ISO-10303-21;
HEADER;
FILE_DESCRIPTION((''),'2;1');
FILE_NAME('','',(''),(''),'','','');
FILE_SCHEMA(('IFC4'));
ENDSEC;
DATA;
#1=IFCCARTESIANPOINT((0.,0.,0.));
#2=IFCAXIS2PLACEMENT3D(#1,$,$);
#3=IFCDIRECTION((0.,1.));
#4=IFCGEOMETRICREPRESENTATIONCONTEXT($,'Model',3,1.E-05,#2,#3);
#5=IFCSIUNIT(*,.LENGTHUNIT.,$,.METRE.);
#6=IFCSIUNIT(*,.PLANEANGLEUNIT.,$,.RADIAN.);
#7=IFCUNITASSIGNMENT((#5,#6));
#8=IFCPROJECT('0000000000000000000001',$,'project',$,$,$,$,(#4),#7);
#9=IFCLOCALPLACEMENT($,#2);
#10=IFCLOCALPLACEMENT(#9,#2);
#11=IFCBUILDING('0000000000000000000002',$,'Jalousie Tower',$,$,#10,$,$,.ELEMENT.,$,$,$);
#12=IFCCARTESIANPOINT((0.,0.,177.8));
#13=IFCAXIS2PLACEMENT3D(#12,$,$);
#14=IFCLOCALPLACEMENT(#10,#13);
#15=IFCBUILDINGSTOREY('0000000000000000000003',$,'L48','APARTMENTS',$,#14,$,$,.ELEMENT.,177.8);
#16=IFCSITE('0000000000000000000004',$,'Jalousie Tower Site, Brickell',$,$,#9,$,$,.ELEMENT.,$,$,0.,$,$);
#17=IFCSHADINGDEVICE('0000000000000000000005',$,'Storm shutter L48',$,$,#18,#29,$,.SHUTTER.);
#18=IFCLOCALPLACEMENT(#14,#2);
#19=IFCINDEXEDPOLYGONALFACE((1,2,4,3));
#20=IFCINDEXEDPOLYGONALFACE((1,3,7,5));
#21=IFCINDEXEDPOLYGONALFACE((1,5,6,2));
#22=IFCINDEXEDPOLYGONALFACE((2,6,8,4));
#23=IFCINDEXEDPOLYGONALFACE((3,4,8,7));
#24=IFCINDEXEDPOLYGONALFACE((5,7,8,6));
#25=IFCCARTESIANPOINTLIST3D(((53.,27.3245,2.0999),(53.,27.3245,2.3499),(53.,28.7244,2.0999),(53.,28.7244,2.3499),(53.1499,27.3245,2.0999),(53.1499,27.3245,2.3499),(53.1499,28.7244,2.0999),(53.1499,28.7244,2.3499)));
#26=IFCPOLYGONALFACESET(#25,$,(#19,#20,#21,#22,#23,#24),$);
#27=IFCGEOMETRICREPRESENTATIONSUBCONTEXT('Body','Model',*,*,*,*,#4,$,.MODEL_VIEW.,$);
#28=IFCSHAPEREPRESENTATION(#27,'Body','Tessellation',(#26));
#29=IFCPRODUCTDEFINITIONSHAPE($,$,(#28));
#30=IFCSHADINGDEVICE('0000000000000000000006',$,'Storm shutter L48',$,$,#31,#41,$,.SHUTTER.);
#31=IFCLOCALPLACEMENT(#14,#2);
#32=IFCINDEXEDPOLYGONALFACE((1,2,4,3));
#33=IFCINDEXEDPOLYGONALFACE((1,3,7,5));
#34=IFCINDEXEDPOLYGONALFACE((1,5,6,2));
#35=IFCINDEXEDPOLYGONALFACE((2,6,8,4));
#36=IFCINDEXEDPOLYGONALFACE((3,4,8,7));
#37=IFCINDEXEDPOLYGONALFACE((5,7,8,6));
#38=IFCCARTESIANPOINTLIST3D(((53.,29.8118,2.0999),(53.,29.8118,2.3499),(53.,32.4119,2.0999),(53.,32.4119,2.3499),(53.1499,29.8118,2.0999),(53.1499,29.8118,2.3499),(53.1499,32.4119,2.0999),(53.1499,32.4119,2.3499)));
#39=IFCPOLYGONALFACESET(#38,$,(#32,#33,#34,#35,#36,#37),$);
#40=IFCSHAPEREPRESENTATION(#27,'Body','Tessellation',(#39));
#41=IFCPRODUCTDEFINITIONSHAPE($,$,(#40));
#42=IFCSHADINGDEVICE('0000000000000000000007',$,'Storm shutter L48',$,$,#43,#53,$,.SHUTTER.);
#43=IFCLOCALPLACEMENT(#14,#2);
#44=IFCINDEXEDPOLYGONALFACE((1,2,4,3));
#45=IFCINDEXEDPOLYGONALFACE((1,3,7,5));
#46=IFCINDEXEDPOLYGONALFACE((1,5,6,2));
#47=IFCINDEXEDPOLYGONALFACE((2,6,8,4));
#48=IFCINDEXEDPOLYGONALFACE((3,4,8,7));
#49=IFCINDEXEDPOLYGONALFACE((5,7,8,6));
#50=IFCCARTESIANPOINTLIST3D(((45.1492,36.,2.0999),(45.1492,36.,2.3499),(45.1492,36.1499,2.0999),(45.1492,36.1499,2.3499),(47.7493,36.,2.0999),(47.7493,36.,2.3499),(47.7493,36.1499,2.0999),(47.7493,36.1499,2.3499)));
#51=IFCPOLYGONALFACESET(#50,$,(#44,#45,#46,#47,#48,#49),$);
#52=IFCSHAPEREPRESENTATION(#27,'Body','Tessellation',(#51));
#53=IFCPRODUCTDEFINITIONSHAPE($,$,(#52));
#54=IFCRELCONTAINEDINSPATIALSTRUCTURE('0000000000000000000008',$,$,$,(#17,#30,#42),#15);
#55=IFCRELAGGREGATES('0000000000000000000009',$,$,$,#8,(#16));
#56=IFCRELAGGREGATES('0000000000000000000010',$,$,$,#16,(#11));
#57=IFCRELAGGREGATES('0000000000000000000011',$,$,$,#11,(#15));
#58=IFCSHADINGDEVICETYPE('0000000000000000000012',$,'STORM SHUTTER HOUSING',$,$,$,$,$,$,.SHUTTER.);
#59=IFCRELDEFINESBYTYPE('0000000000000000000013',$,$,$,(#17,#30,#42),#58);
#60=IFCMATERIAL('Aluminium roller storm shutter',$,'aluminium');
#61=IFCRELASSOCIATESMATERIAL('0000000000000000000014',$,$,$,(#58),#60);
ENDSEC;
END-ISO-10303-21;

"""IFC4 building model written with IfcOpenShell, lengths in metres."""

from ifc_helpers import new_model, si_unit, direction, frame, origin, origin_2d, place, context, subcontext, project, spatial, rectangle, extrude, material, type_object, element, save


model = new_model("IFC4")

# Units and contexts
model_context = context("Model", 3, precision=1e-05, world=origin(), true_north=direction((0.0, 1.0)))
body_context = subcontext(model_context, "Body", "Model", "MODEL_VIEW")
ifc_project = project(units=[si_unit("LENGTHUNIT", "METRE"), si_unit("PLANEANGLEUNIT", "RADIAN")], contexts=[model_context])

# Site, building, storey
site_placement = place(None, origin())
site = spatial("IfcSite", under=ifc_project, at=site_placement, Name="Jalousie Tower Site, Brickell", CompositionType="ELEMENT", RefElevation=0.0)
building_placement = place(site_placement, origin())
building = spatial("IfcBuilding", under=site, at=building_placement, Name="Jalousie Tower", CompositionType="ELEMENT")
storey_placement = place(building_placement, frame((0.0, 0.0, 177.8)))
storey = spatial("IfcBuildingStorey", under=building, at=storey_placement, Name="L48", Description="APARTMENTS", CompositionType="ELEMENT", Elevation=177.8)

# Shading devices
ifc_material_1 = material(Name="Aluminium roller storm shutter", Category="aluminium")
shading_device_type = type_object("IfcShadingDeviceType", Name="STORM SHUTTER HOUSING", PredefinedType="SHUTTER", material=ifc_material_1)
shading_device_placement = place(storey_placement, frame((53.075, 28.0244, 2.0999), z_axis=(0.0, 0.0, 1.0), x_axis=(0.0, 1.0, 0.0)))
element("IfcShadingDevice", 1, at=shading_device_placement, inside=storey, type_object=shading_device_type, Name="Storm shutter L48", PredefinedType="SHUTTER", context=body_context, shape_type="SweptSolid", body=[
    extrude(rectangle(XDim=1.3999, YDim=0.1499, at=origin_2d()), origin(), (0.0, 0.0, 1.0), 0.25),
])
for number, where, z_axis, x_axis, name in (
    (2, (53.075, 31.1118, 2.0999), (0.0, 0.0, 1.0), (0.0, 1.0, 0.0), "Storm shutter L48"),
    (3, (46.4492, 36.075, 2.0999), (0.0, 0.0, 1.0), (-1.0, 0.0, 0.0), "Storm shutter L48"),
):
    element("IfcShadingDevice", number, at=place(storey_placement, frame(where, z_axis=z_axis, x_axis=x_axis)), inside=storey, type_object=shading_device_type, Name=name, PredefinedType="SHUTTER", context=body_context, shape_type="SweptSolid", body=[
        extrude(rectangle(XDim=2.6001, YDim=0.1499, at=origin_2d()), origin(), (0.0, 0.0, 1.0), 0.25),
    ])

save(model, "model.ifc")
